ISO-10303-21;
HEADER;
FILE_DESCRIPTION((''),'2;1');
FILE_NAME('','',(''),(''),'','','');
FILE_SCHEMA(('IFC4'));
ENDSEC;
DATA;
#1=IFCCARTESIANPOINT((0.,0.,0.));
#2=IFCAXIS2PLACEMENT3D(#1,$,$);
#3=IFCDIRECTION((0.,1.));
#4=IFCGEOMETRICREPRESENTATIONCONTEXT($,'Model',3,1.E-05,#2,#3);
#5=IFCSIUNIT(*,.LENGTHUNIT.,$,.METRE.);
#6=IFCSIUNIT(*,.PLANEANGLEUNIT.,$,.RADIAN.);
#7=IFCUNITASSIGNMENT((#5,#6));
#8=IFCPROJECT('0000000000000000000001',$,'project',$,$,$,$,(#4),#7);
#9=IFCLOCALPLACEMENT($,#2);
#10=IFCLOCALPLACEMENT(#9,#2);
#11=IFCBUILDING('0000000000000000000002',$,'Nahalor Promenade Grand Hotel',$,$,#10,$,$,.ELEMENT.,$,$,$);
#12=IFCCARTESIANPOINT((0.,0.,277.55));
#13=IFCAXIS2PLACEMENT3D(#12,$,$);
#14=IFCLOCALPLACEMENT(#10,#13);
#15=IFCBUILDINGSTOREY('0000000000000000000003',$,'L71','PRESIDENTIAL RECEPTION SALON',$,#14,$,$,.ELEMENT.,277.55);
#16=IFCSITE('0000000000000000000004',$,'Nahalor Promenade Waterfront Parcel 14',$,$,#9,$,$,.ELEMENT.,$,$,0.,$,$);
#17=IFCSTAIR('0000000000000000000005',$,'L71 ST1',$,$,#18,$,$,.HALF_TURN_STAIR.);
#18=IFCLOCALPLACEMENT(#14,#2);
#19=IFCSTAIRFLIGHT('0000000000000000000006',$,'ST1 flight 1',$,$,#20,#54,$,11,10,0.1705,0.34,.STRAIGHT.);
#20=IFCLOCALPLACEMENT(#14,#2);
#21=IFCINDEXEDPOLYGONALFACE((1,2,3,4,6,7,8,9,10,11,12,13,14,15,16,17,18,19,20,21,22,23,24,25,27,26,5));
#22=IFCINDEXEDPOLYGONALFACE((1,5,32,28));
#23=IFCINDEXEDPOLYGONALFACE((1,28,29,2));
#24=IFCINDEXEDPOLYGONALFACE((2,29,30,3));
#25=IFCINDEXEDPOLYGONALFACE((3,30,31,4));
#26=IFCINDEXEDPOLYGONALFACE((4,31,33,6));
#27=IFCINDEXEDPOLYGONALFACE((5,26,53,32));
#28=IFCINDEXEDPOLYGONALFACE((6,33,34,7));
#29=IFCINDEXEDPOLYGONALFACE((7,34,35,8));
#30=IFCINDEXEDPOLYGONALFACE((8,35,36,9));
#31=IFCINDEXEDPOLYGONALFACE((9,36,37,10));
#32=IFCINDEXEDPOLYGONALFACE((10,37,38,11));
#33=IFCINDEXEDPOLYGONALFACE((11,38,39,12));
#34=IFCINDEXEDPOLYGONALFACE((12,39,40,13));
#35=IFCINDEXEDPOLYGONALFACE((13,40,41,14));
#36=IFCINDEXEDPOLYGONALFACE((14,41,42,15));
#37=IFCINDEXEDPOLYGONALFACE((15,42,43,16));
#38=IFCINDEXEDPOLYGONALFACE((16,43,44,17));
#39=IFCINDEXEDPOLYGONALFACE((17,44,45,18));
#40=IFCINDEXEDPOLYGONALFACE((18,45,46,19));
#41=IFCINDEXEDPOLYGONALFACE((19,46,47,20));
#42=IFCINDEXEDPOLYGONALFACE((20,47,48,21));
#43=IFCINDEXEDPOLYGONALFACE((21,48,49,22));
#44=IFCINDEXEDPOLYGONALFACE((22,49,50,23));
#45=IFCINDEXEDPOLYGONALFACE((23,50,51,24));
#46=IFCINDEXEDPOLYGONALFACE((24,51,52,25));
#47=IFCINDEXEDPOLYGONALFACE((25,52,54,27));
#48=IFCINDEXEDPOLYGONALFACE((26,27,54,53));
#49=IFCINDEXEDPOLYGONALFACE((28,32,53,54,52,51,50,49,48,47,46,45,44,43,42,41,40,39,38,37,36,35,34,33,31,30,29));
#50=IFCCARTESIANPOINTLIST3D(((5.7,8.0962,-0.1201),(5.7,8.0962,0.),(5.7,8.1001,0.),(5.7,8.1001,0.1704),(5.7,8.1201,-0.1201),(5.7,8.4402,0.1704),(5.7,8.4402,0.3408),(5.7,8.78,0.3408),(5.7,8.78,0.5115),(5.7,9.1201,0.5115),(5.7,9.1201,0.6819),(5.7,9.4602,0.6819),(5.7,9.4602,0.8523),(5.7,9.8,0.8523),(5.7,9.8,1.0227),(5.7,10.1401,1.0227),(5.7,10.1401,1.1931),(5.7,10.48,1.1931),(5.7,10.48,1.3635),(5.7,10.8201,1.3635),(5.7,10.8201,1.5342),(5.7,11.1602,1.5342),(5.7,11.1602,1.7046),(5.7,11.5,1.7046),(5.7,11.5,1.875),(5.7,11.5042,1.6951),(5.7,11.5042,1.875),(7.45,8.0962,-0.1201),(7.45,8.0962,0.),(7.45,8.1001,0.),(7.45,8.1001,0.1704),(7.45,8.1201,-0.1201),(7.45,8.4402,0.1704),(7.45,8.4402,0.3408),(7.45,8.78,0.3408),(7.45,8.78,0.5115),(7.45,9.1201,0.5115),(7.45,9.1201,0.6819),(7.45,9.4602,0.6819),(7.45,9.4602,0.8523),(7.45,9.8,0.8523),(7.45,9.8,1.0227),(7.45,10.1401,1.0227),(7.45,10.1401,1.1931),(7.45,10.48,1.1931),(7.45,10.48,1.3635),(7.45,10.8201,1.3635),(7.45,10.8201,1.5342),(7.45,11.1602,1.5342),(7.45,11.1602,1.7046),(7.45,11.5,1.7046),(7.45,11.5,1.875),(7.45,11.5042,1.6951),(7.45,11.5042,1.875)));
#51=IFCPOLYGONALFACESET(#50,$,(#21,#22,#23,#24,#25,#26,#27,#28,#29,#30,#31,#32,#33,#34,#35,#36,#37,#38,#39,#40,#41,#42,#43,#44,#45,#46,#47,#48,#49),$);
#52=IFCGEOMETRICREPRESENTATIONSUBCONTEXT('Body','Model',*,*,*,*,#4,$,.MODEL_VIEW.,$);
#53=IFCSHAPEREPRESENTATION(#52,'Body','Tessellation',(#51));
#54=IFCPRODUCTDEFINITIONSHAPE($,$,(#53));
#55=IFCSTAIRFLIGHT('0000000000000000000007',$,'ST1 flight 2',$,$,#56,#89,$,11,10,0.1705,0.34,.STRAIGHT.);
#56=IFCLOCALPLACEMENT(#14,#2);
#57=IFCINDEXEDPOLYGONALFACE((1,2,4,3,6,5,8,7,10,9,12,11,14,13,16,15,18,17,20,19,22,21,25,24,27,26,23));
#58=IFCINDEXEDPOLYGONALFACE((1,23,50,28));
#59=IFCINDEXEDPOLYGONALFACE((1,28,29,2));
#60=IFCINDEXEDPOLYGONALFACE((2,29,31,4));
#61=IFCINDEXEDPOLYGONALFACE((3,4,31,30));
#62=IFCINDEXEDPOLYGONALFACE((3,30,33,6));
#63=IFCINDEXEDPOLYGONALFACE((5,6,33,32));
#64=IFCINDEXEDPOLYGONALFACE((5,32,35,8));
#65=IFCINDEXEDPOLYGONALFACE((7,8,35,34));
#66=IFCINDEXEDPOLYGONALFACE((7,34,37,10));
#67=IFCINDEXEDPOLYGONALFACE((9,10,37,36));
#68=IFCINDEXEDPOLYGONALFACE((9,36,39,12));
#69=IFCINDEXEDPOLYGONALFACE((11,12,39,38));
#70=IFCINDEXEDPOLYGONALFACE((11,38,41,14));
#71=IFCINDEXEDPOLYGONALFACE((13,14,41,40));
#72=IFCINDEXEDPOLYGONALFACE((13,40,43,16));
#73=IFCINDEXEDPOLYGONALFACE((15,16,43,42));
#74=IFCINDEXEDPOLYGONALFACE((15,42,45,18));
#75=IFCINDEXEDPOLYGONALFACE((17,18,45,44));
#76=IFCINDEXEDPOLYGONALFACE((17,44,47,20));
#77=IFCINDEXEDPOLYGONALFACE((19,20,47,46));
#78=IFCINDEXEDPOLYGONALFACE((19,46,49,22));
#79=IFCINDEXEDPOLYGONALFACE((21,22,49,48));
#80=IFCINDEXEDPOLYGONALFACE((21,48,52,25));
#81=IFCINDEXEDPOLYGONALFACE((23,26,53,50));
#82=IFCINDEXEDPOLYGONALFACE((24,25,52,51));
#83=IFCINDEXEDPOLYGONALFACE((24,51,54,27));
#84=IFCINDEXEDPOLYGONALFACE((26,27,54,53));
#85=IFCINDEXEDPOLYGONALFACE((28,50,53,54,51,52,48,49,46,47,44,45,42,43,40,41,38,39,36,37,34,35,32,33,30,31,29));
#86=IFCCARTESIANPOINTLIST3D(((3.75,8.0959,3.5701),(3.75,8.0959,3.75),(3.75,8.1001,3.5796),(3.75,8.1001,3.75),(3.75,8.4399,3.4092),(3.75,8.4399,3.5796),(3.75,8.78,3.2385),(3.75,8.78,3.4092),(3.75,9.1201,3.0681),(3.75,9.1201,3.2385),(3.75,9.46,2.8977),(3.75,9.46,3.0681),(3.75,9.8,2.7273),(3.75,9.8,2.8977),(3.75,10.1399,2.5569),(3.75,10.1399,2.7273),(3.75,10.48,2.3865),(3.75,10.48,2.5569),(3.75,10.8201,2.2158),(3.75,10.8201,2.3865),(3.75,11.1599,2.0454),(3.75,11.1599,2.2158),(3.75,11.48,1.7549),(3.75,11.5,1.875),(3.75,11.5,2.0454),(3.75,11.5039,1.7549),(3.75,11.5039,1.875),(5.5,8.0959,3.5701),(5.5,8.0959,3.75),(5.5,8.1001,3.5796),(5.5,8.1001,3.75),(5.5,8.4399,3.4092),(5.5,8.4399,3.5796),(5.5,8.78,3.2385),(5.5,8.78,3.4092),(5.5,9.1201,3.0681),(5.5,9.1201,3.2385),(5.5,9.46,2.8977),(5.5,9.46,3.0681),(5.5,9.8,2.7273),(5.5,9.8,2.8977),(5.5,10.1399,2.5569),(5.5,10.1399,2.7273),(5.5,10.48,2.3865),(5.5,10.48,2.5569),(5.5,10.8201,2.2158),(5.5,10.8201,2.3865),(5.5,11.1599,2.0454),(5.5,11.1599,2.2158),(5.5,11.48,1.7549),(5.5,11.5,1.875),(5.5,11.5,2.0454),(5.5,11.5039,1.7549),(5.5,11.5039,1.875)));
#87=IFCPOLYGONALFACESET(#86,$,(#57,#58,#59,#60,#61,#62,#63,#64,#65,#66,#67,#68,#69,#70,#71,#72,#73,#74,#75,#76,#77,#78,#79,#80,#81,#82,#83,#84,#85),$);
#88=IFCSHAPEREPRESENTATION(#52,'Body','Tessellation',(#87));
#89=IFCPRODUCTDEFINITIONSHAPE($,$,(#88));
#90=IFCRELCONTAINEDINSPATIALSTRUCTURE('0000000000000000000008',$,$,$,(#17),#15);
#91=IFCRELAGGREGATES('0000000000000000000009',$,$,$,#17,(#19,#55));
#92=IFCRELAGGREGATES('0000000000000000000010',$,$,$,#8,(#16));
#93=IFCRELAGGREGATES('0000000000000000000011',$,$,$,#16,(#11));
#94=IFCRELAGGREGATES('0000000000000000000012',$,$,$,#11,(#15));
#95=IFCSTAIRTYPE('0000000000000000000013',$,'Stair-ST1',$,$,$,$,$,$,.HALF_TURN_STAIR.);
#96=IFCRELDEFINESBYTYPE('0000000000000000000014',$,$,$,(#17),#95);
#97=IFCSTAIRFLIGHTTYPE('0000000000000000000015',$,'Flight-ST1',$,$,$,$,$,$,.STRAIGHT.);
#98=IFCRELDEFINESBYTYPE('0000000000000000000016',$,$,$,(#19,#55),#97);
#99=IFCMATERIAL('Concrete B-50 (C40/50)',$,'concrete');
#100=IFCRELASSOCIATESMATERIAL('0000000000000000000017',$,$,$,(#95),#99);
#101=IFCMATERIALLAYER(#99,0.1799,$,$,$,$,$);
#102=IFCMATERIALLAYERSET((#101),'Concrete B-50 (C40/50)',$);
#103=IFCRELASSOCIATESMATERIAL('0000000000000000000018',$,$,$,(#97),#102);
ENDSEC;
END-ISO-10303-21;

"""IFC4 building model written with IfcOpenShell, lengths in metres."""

from ifc_helpers import new_model, si_unit, direction, frame, origin, place, context, subcontext, project, spatial, polyline, outline, extrude, source, transform, mapped, material, layer, layer_set, type_object, element, aggregate, save


model = new_model("IFC4")

# Units and contexts
model_context = context("Model", 3, precision=1e-05, world=origin(), true_north=direction((0.0, 1.0)))
body_context = subcontext(model_context, "Body", "Model", "MODEL_VIEW")
ifc_project = project(units=[si_unit("LENGTHUNIT", "METRE"), si_unit("PLANEANGLEUNIT", "RADIAN")], contexts=[model_context])

# Site, building, storey
site_placement = place(None, origin())
site = spatial("IfcSite", under=ifc_project, at=site_placement, Name="Nahalor Promenade Waterfront Parcel 14", CompositionType="ELEMENT", RefElevation=0.0)
building_placement = place(site_placement, origin())
building = spatial("IfcBuilding", under=site, at=building_placement, Name="Nahalor Promenade Grand Hotel", CompositionType="ELEMENT")
storey_placement = place(building_placement, frame((0.0, 0.0, 277.55)))
storey = spatial("IfcBuildingStorey", under=building, at=storey_placement, Name="L71", Description="PRESIDENTIAL RECEPTION SALON", CompositionType="ELEMENT", Elevation=277.55)

# Shared definitions
ifc_material_1 = material(Name="Concrete B-50 (C40/50)", Category="concrete")

# Stair, stair flights
stair_type = type_object("IfcStairType", Name="Stair-ST1", PredefinedType="HALF_TURN_STAIR", material=ifc_material_1)
stair_placement = place(storey_placement, origin())
stair = element("IfcStair", 1, at=stair_placement, inside=storey, type_object=stair_type, Name="L71 ST1", PredefinedType="HALF_TURN_STAIR")
ifc_layer_1 = layer(ifc_material_1, 0.1799)
ifc_layer_set_1 = layer_set([ifc_layer_1], Name="Concrete B-50 (C40/50)")
stair_flight_type = type_object("IfcStairFlightType", Name="Flight-ST1", PredefinedType="STRAIGHT", material=ifc_layer_set_1)
shared_shape_1 = source(origin(), body_context, "Body", "SweptSolid", [
    extrude(outline(polyline([(-0.0039, -0.1201), (-0.0039, 0.0), (0.0, 0.0), (0.0, 0.1704), (0.3401, 0.1704), (0.3401, 0.3408), (0.6799, 0.3408), (0.6799, 0.5115), (1.02, 0.5115), (1.02, 0.6819), (1.3601, 0.6819), (1.3601, 0.8523), (1.7, 0.8523), (1.7, 1.0227), (2.04, 1.0227), (2.04, 1.1931), (2.3799, 1.1931), (2.3799, 1.3635), (2.72, 1.3635), (2.72, 1.5342), (3.0601, 1.5342), (3.0601, 1.7046), (3.3999, 1.7046), (3.3999, 1.875), (3.4041, 1.875), (3.4041, 1.6951), (0.02, -0.1201), (-0.0039, -0.1201)])), frame((0.0, 0.875, 0.0), z_axis=(0.0, -1.0, 0.0), x_axis=(1.0, 0.0, 0.0)), (0.0, 0.0, 1.0), 1.75),
])
stair_flight_1_placement = place(storey_placement, frame((6.575, 8.1001, 0.0), z_axis=(0.0, 0.0, 1.0), x_axis=(0.0, 1.0, 0.0)))
stair_flight_1 = element("IfcStairFlight", 2, at=stair_flight_1_placement, type_object=stair_flight_type, Name="ST1 flight 1", NumberOfRisers=11, NumberOfTreads=10, PredefinedType="STRAIGHT", RiserHeight=0.1705, TreadLength=0.34, context=body_context, shape_type="MappedRepresentation", body=[
    mapped(shared_shape_1, transform((0.0, 0.0, 0.0), scale=1.0)),
])
stair_flight_2_placement = place(storey_placement, frame((4.625, 11.5, 1.875), z_axis=(0.0, 0.0, 1.0), x_axis=(0.0, -1.0, 0.0)))
stair_flight_2 = element("IfcStairFlight", 3, at=stair_flight_2_placement, type_object=stair_flight_type, Name="ST1 flight 2", NumberOfRisers=11, NumberOfTreads=10, PredefinedType="STRAIGHT", RiserHeight=0.1705, TreadLength=0.34, context=body_context, shape_type="MappedRepresentation", body=[
    mapped(shared_shape_1, transform((0.0, 0.0, 0.0), scale=1.0)),
])
aggregate(stair, [stair_flight_1, stair_flight_2])

save(model, "model.ifc")
